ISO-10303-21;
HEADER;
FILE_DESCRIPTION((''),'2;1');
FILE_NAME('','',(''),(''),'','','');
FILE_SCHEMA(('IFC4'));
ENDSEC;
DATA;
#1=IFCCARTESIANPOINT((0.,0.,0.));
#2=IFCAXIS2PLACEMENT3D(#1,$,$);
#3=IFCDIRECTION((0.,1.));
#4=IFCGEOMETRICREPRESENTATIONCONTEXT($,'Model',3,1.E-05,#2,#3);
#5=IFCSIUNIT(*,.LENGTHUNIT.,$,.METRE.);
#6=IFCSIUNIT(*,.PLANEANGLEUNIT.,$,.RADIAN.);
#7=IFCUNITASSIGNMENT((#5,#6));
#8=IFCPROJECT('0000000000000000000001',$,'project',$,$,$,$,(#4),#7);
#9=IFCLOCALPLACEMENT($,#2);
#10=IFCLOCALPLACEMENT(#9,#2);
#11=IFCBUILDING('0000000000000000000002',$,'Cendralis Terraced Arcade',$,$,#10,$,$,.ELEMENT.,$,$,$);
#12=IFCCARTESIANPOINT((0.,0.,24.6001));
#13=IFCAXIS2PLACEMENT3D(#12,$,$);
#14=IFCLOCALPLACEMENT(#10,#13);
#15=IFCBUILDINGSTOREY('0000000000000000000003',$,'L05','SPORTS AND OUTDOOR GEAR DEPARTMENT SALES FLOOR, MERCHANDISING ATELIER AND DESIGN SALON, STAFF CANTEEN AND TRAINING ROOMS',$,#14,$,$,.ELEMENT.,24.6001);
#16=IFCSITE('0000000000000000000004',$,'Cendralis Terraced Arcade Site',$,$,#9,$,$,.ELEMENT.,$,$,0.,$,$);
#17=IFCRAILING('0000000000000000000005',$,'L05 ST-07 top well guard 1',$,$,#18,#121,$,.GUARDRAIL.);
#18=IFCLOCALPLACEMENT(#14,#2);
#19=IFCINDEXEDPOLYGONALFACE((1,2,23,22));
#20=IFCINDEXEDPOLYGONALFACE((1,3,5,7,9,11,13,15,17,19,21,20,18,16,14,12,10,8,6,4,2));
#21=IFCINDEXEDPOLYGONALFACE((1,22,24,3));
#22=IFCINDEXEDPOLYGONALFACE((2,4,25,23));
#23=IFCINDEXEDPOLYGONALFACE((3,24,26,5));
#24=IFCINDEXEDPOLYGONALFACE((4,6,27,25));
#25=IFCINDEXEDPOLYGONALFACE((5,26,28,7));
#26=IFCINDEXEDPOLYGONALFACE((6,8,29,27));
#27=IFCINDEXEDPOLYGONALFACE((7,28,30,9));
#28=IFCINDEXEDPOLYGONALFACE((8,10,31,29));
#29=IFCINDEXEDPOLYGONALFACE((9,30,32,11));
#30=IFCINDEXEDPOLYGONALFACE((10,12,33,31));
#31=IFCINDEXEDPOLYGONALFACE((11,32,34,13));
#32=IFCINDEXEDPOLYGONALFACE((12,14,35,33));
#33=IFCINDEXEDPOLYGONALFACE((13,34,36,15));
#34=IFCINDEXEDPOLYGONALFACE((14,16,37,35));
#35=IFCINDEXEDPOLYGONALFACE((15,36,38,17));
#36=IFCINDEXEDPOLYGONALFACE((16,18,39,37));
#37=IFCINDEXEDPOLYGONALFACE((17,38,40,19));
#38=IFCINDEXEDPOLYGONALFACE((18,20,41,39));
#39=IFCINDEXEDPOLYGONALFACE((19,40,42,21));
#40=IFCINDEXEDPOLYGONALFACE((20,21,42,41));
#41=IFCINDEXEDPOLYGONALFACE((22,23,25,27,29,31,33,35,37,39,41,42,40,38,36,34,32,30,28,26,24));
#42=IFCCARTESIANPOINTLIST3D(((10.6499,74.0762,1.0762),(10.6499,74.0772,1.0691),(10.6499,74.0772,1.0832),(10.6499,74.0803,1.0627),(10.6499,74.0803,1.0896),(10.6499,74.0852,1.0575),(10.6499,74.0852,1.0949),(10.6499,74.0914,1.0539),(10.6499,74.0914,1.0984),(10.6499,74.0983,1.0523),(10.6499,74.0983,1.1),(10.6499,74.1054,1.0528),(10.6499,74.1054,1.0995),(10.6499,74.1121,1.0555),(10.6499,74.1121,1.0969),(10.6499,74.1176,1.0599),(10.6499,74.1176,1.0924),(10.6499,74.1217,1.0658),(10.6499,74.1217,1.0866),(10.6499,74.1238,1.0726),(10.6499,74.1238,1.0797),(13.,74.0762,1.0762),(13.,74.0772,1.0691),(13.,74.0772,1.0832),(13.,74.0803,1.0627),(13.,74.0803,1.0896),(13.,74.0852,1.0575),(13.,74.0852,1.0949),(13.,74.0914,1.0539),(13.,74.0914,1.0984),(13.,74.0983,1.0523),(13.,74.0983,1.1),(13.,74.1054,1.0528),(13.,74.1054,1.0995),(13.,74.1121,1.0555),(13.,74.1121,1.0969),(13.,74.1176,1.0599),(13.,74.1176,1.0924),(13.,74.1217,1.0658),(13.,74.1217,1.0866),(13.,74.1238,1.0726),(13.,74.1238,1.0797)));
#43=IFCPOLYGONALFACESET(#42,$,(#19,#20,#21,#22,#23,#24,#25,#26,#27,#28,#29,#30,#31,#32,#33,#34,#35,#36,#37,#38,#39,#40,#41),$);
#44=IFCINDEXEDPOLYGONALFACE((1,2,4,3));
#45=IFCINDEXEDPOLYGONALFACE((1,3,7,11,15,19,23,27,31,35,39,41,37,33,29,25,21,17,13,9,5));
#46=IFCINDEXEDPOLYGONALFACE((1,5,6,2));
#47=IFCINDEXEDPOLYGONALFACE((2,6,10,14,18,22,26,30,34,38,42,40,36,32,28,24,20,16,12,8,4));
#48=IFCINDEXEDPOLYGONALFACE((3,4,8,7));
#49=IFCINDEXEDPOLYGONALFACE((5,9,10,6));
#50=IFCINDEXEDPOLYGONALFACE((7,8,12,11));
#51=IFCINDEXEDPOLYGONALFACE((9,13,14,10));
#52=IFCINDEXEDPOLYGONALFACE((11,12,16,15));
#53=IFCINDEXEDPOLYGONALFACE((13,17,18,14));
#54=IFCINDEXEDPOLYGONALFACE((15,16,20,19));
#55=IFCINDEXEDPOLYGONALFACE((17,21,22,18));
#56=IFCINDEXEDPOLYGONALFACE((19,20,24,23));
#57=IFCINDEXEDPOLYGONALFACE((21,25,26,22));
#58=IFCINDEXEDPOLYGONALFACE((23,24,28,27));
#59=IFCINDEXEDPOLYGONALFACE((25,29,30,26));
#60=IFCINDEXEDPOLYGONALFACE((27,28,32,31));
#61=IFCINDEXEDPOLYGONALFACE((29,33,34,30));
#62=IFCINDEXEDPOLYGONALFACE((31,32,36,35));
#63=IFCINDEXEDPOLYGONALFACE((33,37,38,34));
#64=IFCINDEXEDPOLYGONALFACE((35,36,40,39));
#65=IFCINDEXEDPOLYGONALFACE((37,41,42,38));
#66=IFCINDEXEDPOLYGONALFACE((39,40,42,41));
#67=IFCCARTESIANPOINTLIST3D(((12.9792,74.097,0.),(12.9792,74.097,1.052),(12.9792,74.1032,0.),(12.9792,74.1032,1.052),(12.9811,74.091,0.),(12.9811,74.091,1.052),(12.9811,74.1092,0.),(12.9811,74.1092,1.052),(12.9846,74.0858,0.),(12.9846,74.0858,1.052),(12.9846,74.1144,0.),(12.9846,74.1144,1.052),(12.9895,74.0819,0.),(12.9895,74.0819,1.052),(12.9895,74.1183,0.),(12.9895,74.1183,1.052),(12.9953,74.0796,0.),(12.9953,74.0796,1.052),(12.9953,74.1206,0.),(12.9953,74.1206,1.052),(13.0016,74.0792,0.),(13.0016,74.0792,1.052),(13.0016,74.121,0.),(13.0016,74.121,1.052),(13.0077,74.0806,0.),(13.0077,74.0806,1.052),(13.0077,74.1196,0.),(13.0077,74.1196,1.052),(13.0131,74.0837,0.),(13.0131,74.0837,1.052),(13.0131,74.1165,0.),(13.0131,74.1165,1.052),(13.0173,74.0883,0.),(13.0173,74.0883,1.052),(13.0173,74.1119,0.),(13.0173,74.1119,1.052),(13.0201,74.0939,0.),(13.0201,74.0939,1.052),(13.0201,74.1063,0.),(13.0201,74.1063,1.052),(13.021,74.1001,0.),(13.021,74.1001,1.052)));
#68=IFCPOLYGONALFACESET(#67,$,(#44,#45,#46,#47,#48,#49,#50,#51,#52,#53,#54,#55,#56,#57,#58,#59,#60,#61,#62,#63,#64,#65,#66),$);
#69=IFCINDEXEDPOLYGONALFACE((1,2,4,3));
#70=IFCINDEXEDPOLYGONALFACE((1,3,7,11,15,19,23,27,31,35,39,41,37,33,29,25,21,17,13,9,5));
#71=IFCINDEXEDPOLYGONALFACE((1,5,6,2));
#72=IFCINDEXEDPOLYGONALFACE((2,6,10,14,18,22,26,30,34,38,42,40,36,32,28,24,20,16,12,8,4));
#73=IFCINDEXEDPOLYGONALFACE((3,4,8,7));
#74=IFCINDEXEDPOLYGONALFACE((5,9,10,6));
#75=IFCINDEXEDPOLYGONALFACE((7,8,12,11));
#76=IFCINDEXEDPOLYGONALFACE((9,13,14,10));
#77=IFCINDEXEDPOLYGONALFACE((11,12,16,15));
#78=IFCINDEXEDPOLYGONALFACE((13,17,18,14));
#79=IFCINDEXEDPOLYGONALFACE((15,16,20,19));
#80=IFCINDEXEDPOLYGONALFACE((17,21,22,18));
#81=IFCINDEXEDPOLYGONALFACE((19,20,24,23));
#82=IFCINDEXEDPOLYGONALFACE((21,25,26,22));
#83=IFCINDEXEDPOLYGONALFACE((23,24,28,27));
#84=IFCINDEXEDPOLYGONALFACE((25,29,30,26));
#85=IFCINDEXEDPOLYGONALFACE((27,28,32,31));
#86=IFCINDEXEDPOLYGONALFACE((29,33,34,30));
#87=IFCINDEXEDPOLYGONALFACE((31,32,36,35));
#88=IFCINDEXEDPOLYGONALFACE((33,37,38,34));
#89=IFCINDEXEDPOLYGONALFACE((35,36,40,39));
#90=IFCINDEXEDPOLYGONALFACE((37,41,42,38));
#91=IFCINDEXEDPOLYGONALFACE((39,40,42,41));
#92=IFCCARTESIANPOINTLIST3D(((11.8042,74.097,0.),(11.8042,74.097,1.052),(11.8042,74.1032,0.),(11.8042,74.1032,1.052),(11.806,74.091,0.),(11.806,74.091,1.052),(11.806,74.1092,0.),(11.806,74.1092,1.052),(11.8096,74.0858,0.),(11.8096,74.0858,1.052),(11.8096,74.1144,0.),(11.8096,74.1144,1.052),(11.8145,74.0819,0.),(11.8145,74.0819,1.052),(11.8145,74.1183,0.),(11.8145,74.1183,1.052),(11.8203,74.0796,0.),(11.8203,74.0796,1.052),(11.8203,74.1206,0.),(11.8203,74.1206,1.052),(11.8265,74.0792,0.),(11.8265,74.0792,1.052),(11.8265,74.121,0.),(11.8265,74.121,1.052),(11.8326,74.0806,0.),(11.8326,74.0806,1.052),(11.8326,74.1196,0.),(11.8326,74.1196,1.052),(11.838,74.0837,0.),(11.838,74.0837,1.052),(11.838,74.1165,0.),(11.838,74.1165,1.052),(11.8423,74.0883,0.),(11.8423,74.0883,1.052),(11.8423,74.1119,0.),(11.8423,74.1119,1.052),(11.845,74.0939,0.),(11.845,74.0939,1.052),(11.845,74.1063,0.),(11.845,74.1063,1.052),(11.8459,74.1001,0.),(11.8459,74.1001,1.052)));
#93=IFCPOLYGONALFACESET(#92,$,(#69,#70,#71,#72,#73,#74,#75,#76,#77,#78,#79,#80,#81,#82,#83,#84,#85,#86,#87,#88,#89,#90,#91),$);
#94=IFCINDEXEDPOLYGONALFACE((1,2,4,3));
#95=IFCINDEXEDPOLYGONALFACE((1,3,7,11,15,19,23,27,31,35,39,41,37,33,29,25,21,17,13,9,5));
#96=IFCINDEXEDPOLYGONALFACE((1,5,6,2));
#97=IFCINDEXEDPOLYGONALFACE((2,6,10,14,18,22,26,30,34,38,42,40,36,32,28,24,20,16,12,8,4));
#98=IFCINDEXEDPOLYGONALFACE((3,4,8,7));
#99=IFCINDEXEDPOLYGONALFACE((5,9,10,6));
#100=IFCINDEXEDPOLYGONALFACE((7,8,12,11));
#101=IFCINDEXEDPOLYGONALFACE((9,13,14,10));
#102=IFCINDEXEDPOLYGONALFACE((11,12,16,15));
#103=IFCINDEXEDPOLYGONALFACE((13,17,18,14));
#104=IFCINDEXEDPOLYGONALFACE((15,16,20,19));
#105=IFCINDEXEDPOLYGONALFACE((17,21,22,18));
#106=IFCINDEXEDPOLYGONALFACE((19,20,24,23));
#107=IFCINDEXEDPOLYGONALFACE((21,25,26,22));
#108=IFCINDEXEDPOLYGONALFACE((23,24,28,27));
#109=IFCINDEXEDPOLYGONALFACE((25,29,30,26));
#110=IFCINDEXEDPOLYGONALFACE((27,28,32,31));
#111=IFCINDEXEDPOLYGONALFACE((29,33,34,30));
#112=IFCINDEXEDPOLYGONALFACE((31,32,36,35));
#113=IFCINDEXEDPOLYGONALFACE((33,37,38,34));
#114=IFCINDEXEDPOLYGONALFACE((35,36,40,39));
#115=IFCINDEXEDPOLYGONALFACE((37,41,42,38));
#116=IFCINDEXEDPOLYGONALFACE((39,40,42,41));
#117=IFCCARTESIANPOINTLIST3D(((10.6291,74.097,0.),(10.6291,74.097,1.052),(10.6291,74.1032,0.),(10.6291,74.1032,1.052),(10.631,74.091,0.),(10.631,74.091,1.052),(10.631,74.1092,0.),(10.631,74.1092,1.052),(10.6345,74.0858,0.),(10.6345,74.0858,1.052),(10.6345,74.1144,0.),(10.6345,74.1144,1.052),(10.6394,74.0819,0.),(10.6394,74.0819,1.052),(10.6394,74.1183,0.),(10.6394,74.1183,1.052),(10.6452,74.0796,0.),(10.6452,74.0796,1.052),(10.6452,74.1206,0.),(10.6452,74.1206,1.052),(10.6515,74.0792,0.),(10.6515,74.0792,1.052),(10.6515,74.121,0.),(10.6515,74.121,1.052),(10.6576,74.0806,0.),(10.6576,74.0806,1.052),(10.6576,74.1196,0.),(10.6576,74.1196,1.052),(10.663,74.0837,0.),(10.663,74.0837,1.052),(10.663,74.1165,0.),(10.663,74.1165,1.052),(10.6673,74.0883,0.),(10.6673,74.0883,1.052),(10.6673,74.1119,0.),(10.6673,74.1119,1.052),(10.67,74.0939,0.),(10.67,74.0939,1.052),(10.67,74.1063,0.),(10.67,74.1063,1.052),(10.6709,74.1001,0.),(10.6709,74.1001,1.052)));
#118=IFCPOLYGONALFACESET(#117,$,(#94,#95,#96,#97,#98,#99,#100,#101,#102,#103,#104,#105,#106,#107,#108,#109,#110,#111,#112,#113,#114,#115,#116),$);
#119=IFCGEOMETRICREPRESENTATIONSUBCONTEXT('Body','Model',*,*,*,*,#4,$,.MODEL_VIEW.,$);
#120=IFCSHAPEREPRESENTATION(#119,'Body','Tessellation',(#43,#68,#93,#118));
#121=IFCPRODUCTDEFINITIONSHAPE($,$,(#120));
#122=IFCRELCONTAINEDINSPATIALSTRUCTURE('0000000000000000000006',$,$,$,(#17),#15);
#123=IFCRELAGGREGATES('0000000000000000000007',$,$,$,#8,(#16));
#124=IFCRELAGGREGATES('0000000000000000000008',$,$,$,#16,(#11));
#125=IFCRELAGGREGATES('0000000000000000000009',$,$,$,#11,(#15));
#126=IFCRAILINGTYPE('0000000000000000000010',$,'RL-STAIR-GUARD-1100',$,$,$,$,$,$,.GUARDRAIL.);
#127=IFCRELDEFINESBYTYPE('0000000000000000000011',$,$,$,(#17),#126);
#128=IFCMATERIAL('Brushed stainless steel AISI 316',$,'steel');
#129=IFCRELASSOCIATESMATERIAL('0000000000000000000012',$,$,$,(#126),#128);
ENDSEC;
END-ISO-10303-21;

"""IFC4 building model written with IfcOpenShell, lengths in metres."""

from ifc_helpers import new_model, si_unit, direction, frame, origin, origin_2d, place, context, subcontext, project, spatial, circle, extrude, material, type_object, element, save


model = new_model("IFC4")

# Units and contexts
model_context = context("Model", 3, precision=1e-05, world=origin(), true_north=direction((0.0, 1.0)))
body_context = subcontext(model_context, "Body", "Model", "MODEL_VIEW")
ifc_project = project(units=[si_unit("LENGTHUNIT", "METRE"), si_unit("PLANEANGLEUNIT", "RADIAN")], contexts=[model_context])

# Site, building, storey
site_placement = place(None, origin())
site = spatial("IfcSite", under=ifc_project, at=site_placement, Name="Cendralis Terraced Arcade Site", CompositionType="ELEMENT", RefElevation=0.0)
building_placement = place(site_placement, origin())
building = spatial("IfcBuilding", under=site, at=building_placement, Name="Cendralis Terraced Arcade", CompositionType="ELEMENT")
storey_placement = place(building_placement, frame((0.0, 0.0, 24.6001)))
storey = spatial("IfcBuildingStorey", under=building, at=storey_placement, Name="L05", Description="SPORTS AND OUTDOOR GEAR DEPARTMENT SALES FLOOR, MERCHANDISING ATELIER AND DESIGN SALON, STAFF CANTEEN AND TRAINING ROOMS", CompositionType="ELEMENT", Elevation=24.6001)

# Railing
ifc_material_1 = material(Name="Brushed stainless steel AISI 316", Category="steel")
railing_type = type_object("IfcRailingType", Name="RL-STAIR-GUARD-1100", PredefinedType="GUARDRAIL", material=ifc_material_1)
railing_placement = place(storey_placement, frame((13.0, 74.1001, 0.0)))
element("IfcRailing", 1, at=railing_placement, inside=storey, type_object=railing_type, Name="L05 ST-07 top well guard 1", PredefinedType="GUARDRAIL", context=body_context, shape_type="SweptSolid", body=[
    extrude(circle(Radius=0.0239, at=origin_2d()), frame((0.0, 0.0, 1.0762), z_axis=(-1.0, 0.0, 0.0), x_axis=(0.0, -1.0, 0.0)), (0.0, 0.0, 1.0), 2.3501),
    extrude(circle(Radius=0.021, at=origin_2d()), origin(), (0.0, 0.0, 1.0), 1.052),
    extrude(circle(Radius=0.021, at=origin_2d()), frame((-1.175, 0.0, 0.0)), (0.0, 0.0, 1.0), 1.052),
    extrude(circle(Radius=0.021, at=origin_2d()), frame((-2.3501, 0.0, 0.0)), (0.0, 0.0, 1.0), 1.052),
])

save(model, "model.ifc")
